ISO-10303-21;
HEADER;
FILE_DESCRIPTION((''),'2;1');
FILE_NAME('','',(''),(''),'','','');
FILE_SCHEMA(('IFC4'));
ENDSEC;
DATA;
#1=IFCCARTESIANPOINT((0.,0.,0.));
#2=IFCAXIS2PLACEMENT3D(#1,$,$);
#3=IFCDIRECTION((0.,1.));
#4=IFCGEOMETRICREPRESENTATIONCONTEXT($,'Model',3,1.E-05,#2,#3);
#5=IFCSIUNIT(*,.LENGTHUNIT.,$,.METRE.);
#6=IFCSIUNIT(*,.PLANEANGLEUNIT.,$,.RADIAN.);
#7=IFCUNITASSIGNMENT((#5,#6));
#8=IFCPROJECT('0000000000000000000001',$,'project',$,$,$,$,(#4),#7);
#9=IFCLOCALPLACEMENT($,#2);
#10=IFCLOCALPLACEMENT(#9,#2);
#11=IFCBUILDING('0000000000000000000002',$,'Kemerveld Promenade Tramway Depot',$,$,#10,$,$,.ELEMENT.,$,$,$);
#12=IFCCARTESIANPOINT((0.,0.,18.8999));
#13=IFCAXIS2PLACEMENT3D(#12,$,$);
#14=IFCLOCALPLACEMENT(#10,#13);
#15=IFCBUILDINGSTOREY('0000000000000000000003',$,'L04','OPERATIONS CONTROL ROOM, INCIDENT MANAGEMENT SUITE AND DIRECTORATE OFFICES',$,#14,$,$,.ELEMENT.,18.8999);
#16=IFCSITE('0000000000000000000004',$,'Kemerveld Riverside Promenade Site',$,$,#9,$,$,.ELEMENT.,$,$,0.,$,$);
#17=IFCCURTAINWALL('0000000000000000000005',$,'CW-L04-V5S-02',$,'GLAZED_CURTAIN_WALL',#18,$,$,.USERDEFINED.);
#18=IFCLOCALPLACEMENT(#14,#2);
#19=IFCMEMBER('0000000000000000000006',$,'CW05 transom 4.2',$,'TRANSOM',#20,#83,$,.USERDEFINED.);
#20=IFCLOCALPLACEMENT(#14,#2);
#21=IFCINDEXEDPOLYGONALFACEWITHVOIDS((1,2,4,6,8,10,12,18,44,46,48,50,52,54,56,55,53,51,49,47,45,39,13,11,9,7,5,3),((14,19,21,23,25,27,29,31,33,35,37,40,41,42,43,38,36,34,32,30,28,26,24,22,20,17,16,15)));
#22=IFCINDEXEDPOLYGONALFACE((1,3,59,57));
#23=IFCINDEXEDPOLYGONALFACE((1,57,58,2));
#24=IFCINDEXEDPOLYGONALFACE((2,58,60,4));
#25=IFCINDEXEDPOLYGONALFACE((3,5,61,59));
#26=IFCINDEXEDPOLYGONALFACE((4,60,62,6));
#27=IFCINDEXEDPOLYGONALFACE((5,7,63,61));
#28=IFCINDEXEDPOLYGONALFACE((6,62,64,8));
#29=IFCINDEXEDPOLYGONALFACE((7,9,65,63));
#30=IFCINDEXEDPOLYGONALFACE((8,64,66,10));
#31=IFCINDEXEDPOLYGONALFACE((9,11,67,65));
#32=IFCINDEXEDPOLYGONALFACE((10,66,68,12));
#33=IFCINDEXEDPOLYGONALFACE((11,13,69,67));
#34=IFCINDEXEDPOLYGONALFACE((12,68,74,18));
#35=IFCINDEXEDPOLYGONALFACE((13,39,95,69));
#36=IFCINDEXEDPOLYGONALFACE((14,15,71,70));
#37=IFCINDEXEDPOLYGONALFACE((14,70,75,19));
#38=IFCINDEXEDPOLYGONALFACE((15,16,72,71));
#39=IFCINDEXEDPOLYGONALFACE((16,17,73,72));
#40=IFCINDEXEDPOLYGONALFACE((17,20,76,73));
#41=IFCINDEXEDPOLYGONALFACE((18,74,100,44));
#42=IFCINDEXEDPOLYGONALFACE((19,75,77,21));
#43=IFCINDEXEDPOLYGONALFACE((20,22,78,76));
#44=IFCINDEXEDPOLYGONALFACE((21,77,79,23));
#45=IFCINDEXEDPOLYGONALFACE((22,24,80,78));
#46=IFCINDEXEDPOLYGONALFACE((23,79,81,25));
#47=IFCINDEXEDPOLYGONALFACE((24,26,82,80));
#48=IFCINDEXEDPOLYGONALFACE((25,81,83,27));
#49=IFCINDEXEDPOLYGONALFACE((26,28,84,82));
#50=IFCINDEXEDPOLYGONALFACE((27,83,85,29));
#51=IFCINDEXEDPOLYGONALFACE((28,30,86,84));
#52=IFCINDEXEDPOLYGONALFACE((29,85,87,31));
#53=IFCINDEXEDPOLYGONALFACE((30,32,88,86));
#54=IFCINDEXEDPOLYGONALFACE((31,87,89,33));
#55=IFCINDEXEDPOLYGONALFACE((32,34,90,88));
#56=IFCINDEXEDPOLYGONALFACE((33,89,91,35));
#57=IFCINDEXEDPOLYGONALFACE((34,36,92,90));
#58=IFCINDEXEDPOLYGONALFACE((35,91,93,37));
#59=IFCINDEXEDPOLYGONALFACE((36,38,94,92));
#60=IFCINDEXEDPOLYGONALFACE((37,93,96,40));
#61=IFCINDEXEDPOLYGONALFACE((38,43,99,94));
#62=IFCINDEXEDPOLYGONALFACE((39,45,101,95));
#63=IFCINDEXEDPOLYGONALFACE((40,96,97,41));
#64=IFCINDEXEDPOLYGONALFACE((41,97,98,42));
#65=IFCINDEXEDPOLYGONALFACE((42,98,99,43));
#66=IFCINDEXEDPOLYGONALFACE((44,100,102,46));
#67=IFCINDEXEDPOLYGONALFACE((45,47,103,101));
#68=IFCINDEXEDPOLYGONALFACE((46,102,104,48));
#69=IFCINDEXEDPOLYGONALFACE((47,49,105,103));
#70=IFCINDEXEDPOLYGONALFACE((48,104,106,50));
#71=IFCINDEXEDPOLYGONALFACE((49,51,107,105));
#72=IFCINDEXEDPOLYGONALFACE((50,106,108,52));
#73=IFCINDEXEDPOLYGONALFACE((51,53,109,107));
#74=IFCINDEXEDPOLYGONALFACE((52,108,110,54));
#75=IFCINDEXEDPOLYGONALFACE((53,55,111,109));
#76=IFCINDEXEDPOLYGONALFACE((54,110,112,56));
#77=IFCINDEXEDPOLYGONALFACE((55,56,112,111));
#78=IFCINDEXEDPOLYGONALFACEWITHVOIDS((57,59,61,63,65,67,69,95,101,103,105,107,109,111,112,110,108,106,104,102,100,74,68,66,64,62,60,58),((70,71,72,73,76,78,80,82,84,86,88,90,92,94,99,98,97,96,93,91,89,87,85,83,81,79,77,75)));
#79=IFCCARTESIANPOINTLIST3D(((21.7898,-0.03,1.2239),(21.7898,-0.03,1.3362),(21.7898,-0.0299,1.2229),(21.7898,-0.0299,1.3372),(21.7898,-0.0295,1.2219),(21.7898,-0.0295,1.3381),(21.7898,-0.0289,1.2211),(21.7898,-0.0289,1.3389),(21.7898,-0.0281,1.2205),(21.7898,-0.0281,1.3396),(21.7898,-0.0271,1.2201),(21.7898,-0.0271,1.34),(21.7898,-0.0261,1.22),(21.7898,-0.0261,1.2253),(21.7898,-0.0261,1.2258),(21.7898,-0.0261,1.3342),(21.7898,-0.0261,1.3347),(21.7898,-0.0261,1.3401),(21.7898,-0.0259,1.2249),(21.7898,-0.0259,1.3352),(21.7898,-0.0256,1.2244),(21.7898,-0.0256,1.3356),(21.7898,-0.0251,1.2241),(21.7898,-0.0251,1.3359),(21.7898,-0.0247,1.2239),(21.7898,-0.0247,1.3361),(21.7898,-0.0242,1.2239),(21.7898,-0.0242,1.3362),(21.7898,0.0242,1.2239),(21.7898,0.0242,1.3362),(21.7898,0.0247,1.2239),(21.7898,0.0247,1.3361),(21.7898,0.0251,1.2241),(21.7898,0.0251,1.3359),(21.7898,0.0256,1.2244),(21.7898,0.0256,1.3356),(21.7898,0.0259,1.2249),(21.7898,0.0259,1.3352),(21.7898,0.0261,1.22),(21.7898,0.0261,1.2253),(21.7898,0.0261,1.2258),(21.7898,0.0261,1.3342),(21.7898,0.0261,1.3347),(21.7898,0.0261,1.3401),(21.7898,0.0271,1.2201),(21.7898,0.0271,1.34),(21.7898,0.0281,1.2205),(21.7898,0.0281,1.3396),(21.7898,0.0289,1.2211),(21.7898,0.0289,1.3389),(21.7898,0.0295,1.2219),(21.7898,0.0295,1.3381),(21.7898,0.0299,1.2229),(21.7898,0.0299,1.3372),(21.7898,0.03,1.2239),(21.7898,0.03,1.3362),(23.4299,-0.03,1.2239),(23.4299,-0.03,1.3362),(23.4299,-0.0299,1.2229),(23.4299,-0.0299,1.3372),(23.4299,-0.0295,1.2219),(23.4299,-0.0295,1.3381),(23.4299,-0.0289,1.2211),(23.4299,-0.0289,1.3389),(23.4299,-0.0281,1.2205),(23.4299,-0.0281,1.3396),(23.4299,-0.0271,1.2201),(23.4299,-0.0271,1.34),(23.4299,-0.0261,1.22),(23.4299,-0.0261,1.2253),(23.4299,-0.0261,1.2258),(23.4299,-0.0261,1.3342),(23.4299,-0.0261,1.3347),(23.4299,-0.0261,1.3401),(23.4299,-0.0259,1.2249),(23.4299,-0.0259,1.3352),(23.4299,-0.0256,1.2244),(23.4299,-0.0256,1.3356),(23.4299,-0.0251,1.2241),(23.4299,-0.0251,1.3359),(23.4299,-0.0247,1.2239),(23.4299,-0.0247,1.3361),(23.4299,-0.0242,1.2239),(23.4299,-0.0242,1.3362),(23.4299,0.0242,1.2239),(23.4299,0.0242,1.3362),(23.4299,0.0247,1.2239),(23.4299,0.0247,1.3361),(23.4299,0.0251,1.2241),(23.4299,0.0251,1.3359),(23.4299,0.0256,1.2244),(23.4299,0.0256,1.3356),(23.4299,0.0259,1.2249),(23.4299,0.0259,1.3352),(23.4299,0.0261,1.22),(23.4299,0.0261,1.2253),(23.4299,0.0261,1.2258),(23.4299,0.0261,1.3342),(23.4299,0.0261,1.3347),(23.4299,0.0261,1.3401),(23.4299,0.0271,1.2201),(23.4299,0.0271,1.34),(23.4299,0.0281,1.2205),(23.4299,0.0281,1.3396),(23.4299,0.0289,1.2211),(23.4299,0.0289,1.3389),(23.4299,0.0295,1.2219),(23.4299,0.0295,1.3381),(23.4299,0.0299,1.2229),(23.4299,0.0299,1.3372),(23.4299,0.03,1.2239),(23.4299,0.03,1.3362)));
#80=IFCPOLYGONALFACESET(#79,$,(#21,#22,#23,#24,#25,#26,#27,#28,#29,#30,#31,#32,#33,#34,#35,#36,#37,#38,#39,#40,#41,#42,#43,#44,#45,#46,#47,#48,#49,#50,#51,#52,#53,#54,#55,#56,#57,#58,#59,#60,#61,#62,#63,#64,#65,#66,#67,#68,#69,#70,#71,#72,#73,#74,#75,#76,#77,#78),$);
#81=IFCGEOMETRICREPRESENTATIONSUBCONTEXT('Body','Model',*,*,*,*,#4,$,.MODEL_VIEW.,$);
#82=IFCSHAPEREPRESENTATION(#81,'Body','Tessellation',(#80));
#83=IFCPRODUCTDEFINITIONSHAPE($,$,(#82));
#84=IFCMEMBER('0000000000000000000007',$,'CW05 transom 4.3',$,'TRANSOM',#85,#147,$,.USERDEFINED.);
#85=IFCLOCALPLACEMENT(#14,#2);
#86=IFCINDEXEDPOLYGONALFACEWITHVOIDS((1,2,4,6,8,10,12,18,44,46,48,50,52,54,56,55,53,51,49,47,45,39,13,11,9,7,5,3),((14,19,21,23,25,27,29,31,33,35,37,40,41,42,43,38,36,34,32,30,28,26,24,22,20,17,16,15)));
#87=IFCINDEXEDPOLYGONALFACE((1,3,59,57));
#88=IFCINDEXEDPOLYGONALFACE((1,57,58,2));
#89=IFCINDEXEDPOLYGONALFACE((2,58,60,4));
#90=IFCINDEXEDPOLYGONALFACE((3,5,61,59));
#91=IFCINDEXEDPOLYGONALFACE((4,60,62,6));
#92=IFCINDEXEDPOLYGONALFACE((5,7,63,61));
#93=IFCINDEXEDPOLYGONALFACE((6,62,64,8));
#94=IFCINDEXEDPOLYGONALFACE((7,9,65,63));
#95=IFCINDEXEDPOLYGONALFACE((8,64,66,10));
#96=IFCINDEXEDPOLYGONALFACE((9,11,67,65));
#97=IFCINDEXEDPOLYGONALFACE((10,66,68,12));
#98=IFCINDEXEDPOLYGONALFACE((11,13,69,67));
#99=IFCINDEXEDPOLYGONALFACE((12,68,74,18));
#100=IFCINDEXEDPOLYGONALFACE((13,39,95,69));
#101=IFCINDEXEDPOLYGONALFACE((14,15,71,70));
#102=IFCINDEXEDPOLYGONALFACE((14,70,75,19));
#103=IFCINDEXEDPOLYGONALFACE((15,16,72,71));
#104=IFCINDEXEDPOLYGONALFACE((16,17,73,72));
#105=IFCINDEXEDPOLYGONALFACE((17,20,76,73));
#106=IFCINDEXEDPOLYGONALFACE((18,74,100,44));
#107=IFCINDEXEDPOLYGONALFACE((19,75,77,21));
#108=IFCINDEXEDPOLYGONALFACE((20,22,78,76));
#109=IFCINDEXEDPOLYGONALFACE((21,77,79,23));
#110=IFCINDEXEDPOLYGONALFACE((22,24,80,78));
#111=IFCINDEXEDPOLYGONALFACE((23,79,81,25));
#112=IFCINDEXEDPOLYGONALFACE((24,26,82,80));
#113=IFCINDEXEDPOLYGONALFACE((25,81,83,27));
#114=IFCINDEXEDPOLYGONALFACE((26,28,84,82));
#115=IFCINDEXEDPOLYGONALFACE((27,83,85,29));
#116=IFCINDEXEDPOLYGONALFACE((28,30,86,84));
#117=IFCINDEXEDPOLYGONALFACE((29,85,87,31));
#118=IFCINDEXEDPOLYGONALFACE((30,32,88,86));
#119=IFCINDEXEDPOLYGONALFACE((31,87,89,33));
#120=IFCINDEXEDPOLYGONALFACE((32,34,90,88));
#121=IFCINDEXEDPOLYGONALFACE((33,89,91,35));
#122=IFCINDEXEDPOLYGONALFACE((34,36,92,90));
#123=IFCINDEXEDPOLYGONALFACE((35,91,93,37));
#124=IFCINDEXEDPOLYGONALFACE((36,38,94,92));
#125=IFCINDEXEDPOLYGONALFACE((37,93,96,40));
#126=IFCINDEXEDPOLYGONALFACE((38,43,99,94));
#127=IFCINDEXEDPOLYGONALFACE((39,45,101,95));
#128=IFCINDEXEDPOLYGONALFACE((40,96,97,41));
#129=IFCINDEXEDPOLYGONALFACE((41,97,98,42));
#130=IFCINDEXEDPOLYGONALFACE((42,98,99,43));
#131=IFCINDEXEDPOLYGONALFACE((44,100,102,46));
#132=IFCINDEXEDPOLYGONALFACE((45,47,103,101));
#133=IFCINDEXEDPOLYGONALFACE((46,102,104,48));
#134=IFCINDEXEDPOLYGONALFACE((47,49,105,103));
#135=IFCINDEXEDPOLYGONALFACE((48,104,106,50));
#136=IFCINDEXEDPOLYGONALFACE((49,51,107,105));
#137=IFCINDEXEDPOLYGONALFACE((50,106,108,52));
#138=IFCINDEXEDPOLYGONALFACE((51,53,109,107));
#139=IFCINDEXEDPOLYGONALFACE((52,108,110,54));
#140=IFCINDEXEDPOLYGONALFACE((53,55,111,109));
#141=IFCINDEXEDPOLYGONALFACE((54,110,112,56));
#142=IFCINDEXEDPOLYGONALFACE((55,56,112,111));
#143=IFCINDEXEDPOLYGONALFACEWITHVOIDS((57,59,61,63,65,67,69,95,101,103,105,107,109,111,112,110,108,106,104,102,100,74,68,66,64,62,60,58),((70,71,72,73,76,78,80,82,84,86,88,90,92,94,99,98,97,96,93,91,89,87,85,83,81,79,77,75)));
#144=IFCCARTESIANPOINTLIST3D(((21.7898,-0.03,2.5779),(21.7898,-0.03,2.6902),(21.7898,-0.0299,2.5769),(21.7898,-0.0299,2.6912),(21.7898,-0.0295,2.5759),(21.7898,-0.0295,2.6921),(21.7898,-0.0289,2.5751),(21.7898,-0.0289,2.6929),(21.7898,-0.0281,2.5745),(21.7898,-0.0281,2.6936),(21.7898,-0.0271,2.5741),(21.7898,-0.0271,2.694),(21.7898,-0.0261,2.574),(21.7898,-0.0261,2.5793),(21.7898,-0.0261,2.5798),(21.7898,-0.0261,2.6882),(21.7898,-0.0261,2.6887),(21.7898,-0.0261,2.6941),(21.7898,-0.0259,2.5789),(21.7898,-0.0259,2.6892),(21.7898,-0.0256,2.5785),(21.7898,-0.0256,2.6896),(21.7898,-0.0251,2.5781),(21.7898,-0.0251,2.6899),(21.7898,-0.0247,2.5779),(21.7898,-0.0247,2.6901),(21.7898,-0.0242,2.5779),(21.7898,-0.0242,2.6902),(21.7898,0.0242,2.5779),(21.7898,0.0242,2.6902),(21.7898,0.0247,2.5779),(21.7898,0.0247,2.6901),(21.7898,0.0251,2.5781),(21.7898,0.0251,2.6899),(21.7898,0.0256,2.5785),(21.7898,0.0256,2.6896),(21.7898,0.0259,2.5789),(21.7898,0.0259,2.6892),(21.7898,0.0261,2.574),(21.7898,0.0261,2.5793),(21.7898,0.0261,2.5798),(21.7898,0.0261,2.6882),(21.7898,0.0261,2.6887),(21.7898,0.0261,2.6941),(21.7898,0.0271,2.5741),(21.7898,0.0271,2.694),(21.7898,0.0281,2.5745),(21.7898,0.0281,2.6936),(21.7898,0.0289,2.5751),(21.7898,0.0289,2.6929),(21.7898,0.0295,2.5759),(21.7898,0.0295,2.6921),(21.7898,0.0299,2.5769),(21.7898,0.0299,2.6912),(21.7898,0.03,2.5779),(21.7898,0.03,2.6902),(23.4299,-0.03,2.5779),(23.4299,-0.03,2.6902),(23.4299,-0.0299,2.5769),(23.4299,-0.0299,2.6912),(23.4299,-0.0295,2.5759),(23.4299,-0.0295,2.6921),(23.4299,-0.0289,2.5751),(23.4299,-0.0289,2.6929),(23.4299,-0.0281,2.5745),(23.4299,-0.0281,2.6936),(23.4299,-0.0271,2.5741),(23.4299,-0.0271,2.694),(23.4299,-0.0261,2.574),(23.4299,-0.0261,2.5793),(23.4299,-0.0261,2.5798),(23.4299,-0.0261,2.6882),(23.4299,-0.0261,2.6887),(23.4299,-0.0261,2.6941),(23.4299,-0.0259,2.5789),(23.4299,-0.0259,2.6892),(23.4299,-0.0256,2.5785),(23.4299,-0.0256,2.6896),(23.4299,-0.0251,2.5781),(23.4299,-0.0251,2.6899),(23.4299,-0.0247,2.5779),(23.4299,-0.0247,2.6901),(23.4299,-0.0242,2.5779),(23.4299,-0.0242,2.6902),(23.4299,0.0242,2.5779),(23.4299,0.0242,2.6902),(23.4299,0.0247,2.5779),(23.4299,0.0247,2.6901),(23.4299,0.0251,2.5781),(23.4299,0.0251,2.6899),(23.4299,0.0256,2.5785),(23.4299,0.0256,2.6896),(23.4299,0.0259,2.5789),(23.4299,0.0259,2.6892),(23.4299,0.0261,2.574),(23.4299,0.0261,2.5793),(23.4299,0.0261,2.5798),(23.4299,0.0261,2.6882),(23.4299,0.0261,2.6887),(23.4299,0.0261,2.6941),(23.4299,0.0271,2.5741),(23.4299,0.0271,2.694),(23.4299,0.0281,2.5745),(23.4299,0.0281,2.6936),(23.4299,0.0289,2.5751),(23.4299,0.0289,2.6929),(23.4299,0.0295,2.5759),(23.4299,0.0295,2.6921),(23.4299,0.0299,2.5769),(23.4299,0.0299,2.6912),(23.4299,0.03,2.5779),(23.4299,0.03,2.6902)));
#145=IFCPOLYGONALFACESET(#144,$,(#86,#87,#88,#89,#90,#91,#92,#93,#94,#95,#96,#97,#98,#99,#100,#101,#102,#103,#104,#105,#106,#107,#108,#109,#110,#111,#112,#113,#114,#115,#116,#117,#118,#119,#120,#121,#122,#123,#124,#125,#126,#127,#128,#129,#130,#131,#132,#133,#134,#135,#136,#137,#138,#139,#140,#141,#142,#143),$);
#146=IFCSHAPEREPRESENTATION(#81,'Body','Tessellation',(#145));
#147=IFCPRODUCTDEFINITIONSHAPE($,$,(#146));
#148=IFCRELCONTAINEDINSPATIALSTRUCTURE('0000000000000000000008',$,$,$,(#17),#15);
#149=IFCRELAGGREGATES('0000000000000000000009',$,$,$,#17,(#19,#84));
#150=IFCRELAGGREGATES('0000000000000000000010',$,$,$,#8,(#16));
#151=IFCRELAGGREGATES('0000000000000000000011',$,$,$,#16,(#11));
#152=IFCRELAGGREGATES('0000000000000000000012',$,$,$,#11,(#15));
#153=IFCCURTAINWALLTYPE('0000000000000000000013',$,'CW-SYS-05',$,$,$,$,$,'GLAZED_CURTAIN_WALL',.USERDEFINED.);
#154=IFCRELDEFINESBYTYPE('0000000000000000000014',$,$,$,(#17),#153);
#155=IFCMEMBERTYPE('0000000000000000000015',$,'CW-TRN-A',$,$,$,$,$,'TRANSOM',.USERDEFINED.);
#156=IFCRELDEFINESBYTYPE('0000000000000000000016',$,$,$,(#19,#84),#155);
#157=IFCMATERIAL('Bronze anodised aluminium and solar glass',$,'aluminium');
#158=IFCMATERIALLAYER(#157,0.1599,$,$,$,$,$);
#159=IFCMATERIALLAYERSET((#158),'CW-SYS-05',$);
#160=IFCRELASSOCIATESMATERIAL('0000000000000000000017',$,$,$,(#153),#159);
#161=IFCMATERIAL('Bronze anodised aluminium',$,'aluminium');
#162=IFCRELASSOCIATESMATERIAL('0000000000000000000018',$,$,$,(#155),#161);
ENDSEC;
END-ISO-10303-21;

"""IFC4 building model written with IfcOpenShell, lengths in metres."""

from ifc_helpers import new_model, si_unit, direction, frame, origin, origin_2d, place, context, subcontext, project, spatial, hollow_rectangle, extrude, material, layer, layer_set, material_profile, profile_set, type_object, element, aggregate, save


model = new_model("IFC4")

# Units and contexts
model_context = context("Model", 3, precision=1e-05, world=origin(), true_north=direction((0.0, 1.0)))
body_context = subcontext(model_context, "Body", "Model", "MODEL_VIEW")
ifc_project = project(units=[si_unit("LENGTHUNIT", "METRE"), si_unit("PLANEANGLEUNIT", "RADIAN")], contexts=[model_context])

# Site, building, storey
site_placement = place(None, origin())
site = spatial("IfcSite", under=ifc_project, at=site_placement, Name="Kemerveld Riverside Promenade Site", CompositionType="ELEMENT", RefElevation=0.0)
building_placement = place(site_placement, origin())
building = spatial("IfcBuilding", under=site, at=building_placement, Name="Kemerveld Promenade Tramway Depot", CompositionType="ELEMENT")
storey_placement = place(building_placement, frame((0.0, 0.0, 18.8999)))
storey = spatial("IfcBuildingStorey", under=building, at=storey_placement, Name="L04", Description="OPERATIONS CONTROL ROOM, INCIDENT MANAGEMENT SUITE AND DIRECTORATE OFFICES", CompositionType="ELEMENT", Elevation=18.8999)

# Curtain wall, members
ifc_material_1 = material(Name="Bronze anodised aluminium and solar glass", Category="aluminium")
ifc_layer_1 = layer(ifc_material_1, 0.1599)
ifc_layer_set_1 = layer_set([ifc_layer_1], Name="CW-SYS-05")
curtain_wall_type = type_object("IfcCurtainWallType", Name="CW-SYS-05", ElementType="GLAZED_CURTAIN_WALL", PredefinedType="USERDEFINED", material=ifc_layer_set_1)
curtain_wall_placement = place(storey_placement, origin())
curtain_wall = element("IfcCurtainWall", 1, at=curtain_wall_placement, inside=storey, type_object=curtain_wall_type, Name="CW-L04-V5S-02", ObjectType="GLAZED_CURTAIN_WALL", PredefinedType="USERDEFINED")
ifc_material_2 = material(Name="Bronze anodised aluminium", Category="aluminium")
ifc_material_profile_1 = material_profile(ifc_material_2, hollow_rectangle(XDim=0.0601, YDim=0.1201, WallThickness=0.0039, InnerFilletRadius=0.002, OuterFilletRadius=0.0039, at=origin_2d()), Name="CW-TRN-120x60")
ifc_profile_set_1 = profile_set([ifc_material_profile_1], Name="Bronze anodised aluminium")
member_type_1 = type_object("IfcMemberType", Name="CW-TRN-A", ElementType="TRANSOM", PredefinedType="USERDEFINED", material=ifc_profile_set_1)
member_1_placement = place(storey_placement, frame((23.4299, 0.0, 1.28), z_axis=(-1.0, 0.0, 0.0), x_axis=(0.0, -1.0, 0.0)))
member_1 = element("IfcMember", 2, at=member_1_placement, type_object=member_type_1, Name="CW05 transom 4.2", ObjectType="TRANSOM", PredefinedType="USERDEFINED", context=body_context, shape_type="SweptSolid", body=[
    extrude(hollow_rectangle(XDim=0.0601, YDim=0.1201, WallThickness=0.0039, InnerFilletRadius=0.002, OuterFilletRadius=0.0039, at=origin_2d()), origin(), (0.0, 0.0, 1.0), 1.6401),
])
member_2_placement = place(storey_placement, frame((23.4299, 0.0, 2.634), z_axis=(-1.0, 0.0, 0.0), x_axis=(0.0, -1.0, 0.0)))
member_2 = element("IfcMember", 3, at=member_2_placement, type_object=member_type_1, Name="CW05 transom 4.3", ObjectType="TRANSOM", PredefinedType="USERDEFINED", context=body_context, shape_type="SweptSolid", body=[
    extrude(hollow_rectangle(XDim=0.0601, YDim=0.1201, WallThickness=0.0039, InnerFilletRadius=0.002, OuterFilletRadius=0.0039, at=origin_2d()), origin(), (0.0, 0.0, 1.0), 1.6401),
])
aggregate(curtain_wall, [member_1, member_2])

save(model, "model.ifc")
